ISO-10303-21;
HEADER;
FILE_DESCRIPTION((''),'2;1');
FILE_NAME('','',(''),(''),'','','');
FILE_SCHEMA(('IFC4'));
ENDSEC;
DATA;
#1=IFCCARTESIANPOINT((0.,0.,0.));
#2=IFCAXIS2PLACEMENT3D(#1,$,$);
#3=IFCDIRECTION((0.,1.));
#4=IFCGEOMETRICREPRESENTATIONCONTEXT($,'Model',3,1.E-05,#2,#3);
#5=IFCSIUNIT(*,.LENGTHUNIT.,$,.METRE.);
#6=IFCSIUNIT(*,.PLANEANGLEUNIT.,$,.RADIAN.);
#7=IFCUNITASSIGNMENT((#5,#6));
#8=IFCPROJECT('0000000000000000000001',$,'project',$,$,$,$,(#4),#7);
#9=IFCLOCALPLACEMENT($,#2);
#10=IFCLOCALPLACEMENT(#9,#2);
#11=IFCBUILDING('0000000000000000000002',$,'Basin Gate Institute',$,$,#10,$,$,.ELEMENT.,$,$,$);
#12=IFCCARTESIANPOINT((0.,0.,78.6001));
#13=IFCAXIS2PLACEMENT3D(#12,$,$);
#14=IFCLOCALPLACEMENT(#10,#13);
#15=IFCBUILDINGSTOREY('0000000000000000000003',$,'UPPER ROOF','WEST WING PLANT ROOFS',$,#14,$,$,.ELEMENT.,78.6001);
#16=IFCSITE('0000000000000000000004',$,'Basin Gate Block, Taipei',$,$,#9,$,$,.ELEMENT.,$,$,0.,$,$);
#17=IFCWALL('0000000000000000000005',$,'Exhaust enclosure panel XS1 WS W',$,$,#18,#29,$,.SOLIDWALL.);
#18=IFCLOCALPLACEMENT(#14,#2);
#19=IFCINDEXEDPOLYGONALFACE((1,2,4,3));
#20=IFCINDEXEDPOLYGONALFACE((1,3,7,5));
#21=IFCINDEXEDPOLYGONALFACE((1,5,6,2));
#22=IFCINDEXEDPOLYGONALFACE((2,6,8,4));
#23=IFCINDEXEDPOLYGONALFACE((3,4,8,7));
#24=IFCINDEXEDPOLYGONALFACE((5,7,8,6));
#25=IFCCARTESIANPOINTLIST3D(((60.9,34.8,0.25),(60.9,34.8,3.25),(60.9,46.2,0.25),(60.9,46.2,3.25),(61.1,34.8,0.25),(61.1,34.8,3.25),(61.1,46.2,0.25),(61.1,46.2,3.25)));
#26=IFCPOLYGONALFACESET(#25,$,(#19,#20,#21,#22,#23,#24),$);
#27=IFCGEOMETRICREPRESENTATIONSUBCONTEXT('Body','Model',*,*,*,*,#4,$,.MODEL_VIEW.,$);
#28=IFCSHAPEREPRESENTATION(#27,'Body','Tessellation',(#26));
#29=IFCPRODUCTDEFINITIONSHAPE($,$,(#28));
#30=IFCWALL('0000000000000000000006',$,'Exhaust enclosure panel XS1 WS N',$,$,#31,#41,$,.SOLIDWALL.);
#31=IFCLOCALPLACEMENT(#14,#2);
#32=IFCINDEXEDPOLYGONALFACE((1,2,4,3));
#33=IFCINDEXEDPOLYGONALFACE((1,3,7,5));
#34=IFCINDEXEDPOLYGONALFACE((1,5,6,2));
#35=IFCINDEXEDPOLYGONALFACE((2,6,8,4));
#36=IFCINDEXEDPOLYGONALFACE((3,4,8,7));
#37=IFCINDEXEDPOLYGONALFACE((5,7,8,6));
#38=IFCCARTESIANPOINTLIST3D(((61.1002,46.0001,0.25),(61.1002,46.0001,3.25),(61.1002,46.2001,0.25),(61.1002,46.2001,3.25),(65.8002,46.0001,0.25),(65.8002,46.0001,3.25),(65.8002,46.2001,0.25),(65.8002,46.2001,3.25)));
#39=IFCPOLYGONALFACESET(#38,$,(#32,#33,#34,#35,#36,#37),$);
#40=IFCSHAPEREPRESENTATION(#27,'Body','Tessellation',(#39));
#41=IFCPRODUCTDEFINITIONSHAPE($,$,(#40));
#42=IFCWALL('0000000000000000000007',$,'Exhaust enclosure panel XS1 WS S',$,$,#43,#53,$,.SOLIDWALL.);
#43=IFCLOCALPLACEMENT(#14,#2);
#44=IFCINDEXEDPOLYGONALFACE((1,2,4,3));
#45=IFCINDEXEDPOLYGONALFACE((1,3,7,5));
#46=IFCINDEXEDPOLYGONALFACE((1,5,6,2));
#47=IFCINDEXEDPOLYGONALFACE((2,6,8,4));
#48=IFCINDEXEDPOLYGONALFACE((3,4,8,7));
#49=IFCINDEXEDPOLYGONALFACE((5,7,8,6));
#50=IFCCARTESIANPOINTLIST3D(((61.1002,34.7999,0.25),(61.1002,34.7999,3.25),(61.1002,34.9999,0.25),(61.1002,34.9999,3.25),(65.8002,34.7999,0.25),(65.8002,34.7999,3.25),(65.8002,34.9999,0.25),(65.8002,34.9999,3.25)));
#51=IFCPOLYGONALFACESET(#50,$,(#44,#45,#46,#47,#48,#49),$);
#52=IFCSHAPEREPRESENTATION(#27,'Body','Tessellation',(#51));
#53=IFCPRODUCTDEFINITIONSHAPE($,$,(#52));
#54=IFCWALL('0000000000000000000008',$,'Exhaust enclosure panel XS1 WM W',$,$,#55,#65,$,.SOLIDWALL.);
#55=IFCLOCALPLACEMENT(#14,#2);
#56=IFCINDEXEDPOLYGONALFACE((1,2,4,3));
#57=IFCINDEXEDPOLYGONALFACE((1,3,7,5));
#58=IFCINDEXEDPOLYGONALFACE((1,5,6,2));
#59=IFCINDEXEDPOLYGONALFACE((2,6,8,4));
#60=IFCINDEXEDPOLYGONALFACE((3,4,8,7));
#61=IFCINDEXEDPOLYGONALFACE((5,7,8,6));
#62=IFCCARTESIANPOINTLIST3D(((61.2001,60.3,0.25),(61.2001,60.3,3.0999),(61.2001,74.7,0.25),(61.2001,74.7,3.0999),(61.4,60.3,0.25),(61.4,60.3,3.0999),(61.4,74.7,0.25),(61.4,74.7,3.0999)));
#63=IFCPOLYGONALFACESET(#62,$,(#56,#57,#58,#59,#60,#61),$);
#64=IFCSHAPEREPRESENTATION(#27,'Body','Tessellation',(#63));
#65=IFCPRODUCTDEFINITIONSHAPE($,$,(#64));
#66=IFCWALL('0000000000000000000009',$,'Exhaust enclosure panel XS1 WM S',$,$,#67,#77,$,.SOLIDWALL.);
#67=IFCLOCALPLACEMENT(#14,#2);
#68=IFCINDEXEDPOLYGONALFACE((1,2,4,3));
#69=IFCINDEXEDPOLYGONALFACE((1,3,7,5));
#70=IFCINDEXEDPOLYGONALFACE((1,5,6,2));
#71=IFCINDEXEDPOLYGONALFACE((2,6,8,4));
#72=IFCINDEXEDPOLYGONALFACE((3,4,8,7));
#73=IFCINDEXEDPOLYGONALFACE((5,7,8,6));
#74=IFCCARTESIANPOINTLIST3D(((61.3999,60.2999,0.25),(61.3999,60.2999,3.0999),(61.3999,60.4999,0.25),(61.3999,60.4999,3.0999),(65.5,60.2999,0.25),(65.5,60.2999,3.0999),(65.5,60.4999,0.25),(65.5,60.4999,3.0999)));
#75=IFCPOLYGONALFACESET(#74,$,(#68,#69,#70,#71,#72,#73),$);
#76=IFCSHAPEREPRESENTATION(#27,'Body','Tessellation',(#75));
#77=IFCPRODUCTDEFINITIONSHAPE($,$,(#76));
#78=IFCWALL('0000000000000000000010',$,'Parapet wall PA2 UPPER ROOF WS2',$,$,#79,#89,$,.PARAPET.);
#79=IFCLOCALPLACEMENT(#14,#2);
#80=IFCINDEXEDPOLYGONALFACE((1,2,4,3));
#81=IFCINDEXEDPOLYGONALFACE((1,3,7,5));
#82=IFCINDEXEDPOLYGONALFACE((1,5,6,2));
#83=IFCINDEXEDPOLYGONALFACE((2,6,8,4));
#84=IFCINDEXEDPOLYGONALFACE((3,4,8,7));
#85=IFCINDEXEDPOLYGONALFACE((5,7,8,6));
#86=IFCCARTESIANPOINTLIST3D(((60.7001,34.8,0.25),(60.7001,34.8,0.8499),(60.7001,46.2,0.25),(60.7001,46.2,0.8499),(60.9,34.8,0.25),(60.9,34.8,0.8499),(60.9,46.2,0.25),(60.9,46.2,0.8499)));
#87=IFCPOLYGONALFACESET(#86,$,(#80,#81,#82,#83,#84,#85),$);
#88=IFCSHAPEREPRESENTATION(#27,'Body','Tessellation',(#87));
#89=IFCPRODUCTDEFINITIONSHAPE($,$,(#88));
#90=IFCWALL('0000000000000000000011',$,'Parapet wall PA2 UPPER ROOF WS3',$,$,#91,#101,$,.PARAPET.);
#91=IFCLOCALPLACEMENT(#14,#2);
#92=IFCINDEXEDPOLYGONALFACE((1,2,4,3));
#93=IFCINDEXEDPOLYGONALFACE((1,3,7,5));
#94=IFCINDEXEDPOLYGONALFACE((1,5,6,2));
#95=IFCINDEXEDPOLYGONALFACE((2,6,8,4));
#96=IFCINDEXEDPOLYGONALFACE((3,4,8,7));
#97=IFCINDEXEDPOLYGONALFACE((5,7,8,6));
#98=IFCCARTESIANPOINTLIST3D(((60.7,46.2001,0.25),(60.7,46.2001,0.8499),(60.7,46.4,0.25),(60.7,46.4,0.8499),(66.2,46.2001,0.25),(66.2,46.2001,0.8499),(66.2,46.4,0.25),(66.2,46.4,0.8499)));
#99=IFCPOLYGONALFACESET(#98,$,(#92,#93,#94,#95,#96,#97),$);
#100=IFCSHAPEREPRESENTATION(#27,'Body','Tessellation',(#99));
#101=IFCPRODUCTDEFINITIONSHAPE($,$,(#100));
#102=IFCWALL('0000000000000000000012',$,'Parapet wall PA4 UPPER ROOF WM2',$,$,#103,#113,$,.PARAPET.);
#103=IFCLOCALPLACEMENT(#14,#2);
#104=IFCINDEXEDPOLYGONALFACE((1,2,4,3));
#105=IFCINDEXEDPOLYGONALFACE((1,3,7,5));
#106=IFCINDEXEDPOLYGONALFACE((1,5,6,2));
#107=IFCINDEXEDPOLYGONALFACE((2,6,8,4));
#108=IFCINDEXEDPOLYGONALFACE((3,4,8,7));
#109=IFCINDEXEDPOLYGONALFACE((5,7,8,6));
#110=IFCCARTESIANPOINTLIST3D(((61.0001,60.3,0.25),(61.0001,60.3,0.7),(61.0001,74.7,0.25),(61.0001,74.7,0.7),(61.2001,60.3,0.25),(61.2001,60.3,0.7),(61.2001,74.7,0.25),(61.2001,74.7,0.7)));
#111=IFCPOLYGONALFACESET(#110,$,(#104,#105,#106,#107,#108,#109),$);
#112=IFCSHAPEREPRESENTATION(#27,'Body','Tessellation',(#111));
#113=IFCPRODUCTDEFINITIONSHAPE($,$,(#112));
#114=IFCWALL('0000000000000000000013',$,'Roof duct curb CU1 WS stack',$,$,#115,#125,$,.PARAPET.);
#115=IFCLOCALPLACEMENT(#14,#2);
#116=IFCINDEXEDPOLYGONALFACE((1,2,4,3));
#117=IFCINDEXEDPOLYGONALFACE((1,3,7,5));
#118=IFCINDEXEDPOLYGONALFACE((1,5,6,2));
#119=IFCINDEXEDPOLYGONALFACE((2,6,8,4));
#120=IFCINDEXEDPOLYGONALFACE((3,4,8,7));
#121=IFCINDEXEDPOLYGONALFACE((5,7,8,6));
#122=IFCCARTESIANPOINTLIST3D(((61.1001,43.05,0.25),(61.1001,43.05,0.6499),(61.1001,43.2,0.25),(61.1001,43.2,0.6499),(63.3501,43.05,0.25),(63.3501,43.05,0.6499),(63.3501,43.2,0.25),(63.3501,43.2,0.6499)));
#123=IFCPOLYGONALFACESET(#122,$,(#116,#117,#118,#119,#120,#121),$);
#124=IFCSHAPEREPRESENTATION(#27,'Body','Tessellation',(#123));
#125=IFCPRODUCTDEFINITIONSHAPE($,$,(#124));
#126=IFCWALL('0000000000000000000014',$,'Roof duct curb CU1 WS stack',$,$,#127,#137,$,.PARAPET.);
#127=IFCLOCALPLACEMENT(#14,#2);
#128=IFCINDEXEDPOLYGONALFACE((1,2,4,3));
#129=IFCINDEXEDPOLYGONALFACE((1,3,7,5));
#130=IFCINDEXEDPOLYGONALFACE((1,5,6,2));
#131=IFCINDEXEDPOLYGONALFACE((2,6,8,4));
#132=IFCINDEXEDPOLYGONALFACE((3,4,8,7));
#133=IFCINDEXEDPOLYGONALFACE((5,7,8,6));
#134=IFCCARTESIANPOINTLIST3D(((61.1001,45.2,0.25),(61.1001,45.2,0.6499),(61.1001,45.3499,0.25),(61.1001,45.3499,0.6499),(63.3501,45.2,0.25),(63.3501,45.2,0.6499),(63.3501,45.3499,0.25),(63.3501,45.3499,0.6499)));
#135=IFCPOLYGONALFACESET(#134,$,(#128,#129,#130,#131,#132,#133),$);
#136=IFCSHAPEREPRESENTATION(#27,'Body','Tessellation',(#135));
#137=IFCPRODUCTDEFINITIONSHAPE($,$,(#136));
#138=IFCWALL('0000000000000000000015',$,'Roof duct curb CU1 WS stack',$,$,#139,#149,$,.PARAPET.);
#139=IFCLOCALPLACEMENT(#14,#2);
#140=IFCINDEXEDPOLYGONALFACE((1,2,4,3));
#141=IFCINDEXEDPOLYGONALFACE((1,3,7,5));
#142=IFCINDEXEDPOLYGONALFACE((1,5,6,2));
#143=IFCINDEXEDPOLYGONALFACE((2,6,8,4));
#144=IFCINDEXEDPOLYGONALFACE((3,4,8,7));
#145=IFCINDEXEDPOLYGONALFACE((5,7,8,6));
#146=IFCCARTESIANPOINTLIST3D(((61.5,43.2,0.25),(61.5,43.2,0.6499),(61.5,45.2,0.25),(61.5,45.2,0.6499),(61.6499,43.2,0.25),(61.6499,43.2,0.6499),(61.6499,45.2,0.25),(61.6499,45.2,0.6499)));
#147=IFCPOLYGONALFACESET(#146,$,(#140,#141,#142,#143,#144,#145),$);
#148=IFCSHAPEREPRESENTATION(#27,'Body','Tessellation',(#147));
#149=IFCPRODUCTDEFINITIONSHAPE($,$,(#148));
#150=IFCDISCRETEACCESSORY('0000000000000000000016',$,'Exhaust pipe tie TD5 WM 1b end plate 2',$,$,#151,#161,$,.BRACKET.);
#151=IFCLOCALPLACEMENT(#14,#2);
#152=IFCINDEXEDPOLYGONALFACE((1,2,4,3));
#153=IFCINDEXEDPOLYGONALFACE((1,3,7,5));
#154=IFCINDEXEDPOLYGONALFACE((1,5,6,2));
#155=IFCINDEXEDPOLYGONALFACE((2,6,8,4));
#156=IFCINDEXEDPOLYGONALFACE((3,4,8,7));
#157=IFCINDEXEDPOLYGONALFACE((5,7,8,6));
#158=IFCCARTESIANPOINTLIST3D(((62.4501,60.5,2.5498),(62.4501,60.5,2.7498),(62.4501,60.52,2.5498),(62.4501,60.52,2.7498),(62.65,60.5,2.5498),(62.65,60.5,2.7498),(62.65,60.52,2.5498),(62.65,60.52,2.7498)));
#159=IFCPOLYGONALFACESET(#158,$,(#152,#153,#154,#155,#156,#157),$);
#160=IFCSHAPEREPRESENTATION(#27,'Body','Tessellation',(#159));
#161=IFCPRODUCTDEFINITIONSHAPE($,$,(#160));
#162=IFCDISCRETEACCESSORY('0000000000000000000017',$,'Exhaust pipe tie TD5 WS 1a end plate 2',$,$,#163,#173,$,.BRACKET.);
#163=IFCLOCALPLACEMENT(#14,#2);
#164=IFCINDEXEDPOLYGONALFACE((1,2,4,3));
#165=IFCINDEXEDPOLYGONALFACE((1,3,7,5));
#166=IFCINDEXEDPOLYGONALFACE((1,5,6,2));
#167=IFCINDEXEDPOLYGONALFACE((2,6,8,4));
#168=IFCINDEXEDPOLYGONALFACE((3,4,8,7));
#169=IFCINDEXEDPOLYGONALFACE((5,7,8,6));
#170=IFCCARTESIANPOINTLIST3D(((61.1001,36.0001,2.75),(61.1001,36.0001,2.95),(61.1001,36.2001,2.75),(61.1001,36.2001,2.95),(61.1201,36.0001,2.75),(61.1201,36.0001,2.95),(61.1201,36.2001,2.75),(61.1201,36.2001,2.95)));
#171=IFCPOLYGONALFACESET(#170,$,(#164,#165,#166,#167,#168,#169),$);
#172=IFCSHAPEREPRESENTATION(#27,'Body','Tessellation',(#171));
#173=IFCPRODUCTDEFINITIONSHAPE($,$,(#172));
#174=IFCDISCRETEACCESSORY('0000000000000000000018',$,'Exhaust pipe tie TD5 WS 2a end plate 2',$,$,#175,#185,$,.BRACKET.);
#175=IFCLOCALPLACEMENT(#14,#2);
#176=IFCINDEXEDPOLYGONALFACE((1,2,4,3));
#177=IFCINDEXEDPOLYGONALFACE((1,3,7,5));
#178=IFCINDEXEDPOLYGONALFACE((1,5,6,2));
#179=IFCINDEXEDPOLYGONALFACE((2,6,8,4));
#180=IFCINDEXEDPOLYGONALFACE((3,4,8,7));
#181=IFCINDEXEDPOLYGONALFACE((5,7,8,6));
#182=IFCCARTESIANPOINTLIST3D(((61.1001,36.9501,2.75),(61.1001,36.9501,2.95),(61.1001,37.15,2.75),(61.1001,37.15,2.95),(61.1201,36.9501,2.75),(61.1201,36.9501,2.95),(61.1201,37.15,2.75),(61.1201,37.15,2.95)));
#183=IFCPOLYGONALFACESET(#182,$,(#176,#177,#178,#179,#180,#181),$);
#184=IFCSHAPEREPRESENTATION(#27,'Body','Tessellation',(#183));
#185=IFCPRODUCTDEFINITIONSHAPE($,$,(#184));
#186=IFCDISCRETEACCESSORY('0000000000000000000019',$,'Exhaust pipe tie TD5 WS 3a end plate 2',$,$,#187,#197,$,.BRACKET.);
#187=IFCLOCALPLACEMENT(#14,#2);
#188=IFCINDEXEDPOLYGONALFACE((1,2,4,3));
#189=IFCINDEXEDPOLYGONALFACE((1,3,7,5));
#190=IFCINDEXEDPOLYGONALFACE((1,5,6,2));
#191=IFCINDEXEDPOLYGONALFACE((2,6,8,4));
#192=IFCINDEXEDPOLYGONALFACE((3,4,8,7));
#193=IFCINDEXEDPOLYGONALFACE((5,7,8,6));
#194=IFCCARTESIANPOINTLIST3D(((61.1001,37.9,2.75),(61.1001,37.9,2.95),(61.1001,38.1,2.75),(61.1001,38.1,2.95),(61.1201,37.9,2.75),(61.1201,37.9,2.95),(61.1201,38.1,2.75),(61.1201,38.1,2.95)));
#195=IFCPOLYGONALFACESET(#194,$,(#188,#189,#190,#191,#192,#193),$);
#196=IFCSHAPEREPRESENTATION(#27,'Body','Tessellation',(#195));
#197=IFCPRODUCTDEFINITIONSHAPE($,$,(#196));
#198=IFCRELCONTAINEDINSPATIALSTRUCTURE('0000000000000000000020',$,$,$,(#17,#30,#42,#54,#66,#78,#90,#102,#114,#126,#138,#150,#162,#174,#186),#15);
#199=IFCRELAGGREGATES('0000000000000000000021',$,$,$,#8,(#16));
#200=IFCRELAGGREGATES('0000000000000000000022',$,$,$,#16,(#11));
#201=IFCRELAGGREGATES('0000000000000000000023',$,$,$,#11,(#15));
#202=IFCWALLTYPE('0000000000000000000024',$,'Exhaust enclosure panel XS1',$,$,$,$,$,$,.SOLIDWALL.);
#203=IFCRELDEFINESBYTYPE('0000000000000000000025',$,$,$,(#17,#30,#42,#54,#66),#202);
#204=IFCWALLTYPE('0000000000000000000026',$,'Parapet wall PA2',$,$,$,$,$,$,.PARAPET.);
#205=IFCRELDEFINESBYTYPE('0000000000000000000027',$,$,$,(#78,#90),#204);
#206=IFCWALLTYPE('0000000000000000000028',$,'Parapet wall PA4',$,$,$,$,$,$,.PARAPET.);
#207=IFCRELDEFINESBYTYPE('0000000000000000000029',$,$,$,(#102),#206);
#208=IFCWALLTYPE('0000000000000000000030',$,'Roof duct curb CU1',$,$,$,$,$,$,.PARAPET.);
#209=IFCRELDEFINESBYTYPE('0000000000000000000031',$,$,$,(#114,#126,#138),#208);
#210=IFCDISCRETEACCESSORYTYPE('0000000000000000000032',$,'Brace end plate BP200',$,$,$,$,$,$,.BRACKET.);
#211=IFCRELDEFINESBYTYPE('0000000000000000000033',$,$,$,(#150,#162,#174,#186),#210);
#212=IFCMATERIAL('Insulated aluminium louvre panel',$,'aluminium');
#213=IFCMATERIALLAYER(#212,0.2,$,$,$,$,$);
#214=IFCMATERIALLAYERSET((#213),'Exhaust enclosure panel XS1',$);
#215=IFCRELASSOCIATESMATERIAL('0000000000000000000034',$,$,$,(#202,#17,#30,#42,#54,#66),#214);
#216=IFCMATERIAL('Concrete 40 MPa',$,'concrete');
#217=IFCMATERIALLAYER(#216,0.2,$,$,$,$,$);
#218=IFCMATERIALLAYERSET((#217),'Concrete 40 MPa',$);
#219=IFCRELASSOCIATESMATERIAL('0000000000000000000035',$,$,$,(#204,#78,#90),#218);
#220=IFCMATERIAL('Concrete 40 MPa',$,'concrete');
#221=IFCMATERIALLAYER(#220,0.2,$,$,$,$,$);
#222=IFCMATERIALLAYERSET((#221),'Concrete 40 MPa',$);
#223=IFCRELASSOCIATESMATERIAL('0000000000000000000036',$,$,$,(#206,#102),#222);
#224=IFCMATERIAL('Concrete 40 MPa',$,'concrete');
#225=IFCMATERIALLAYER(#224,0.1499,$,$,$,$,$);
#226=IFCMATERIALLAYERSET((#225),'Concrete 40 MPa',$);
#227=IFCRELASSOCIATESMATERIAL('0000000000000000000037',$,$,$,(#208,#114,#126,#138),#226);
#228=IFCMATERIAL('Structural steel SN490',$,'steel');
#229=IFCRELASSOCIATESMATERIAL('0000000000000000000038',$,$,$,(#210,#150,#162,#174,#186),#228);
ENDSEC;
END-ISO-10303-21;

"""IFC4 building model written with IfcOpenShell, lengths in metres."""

from ifc_helpers import new_model, si_unit, direction, frame, frame_2d, origin, origin_2d, place, context, subcontext, project, spatial, rectangle, extrude, material, layer, layer_set, type_object, element, save


model = new_model("IFC4")

# Units and contexts
model_context = context("Model", 3, precision=1e-05, world=origin(), true_north=direction((0.0, 1.0)))
body_context = subcontext(model_context, "Body", "Model", "MODEL_VIEW")
ifc_project = project(units=[si_unit("LENGTHUNIT", "METRE"), si_unit("PLANEANGLEUNIT", "RADIAN")], contexts=[model_context])

# Site, building, storey
site_placement = place(None, origin())
site = spatial("IfcSite", under=ifc_project, at=site_placement, Name="Basin Gate Block, Taipei", CompositionType="ELEMENT", RefElevation=0.0)
building_placement = place(site_placement, origin())
building = spatial("IfcBuilding", under=site, at=building_placement, Name="Basin Gate Institute", CompositionType="ELEMENT")
storey_placement = place(building_placement, frame((0.0, 0.0, 78.6001)))
storey = spatial("IfcBuildingStorey", under=building, at=storey_placement, Name="UPPER ROOF", Description="WEST WING PLANT ROOFS", CompositionType="ELEMENT", Elevation=78.6001)

# Walls
ifc_material_1 = material(Name="Insulated aluminium louvre panel", Category="aluminium")
ifc_layer_1 = layer(ifc_material_1, 0.2)
ifc_layer_set_1 = layer_set([ifc_layer_1], Name="Exhaust enclosure panel XS1")
wall_type_1 = type_object("IfcWallType", Name="Exhaust enclosure panel XS1", PredefinedType="SOLIDWALL", material=ifc_layer_set_1)
wall_1_placement = place(storey_placement, frame((61.0, 34.8, 0.25), z_axis=(0.0, 0.0, 1.0), x_axis=(0.0, 1.0, 0.0)))
element("IfcWall", 1, at=wall_1_placement, inside=storey, type_object=wall_type_1, material=ifc_layer_set_1, Name="Exhaust enclosure panel XS1 WS W", PredefinedType="SOLIDWALL", context=body_context, shape_type="SweptSolid", body=[
    extrude(rectangle(XDim=11.3999, YDim=0.2, at=frame_2d((5.7, 0.0))), origin(), (0.0, 0.0, 1.0), 3.0),
])
for number, where, z_axis, x_axis, name in (
    (2, (61.1001, 46.1001, 0.25), (0.0, 0.0, 1.0), (1.0, 0.0, 0.0), "Exhaust enclosure panel XS1 WS N"),
    (3, (61.1001, 34.8999, 0.25), (0.0, 0.0, 1.0), (1.0, 0.0, 0.0), "Exhaust enclosure panel XS1 WS S"),
):
    element("IfcWall", number, at=place(storey_placement, frame(where, z_axis=z_axis, x_axis=x_axis)), inside=storey, type_object=wall_type_1, material=ifc_layer_set_1, Name=name, PredefinedType="SOLIDWALL", context=body_context, shape_type="SweptSolid", body=[
        extrude(rectangle(XDim=4.7, YDim=0.2, at=frame_2d((2.3501, 0.0))), origin(), (0.0, 0.0, 1.0), 3.0),
    ])
wall_2_placement = place(storey_placement, frame((61.3, 60.3, 0.25), z_axis=(0.0, 0.0, 1.0), x_axis=(0.0, 1.0, 0.0)))
element("IfcWall", 4, at=wall_2_placement, inside=storey, type_object=wall_type_1, material=ifc_layer_set_1, Name="Exhaust enclosure panel XS1 WM W", PredefinedType="SOLIDWALL", context=body_context, shape_type="SweptSolid", body=[
    extrude(rectangle(XDim=14.3999, YDim=0.2, at=frame_2d((7.2, 0.0))), origin(), (0.0, 0.0, 1.0), 2.8499),
])
wall_3_placement = place(storey_placement, frame((61.3999, 60.3999, 0.25), z_axis=(0.0, 0.0, 1.0), x_axis=(1.0, 0.0, 0.0)))
element("IfcWall", 5, at=wall_3_placement, inside=storey, type_object=wall_type_1, material=ifc_layer_set_1, Name="Exhaust enclosure panel XS1 WM S", PredefinedType="SOLIDWALL", context=body_context, shape_type="SweptSolid", body=[
    extrude(rectangle(XDim=4.1001, YDim=0.2, at=frame_2d((2.05, 0.0))), origin(), (0.0, 0.0, 1.0), 2.8499),
])
ifc_material_2 = material(Name="Concrete 40 MPa", Category="concrete")
ifc_layer_2 = layer(ifc_material_2, 0.2)
ifc_layer_set_2 = layer_set([ifc_layer_2], Name="Concrete 40 MPa")
wall_type_2 = type_object("IfcWallType", Name="Parapet wall PA2", PredefinedType="PARAPET", material=ifc_layer_set_2)
wall_4_placement = place(storey_placement, frame((60.8, 34.8, 0.25), z_axis=(0.0, 0.0, 1.0), x_axis=(0.0, 1.0, 0.0)))
element("IfcWall", 6, at=wall_4_placement, inside=storey, type_object=wall_type_2, material=ifc_layer_set_2, Name="Parapet wall PA2 UPPER ROOF WS2", PredefinedType="PARAPET", context=body_context, shape_type="SweptSolid", body=[
    extrude(rectangle(XDim=11.3999, YDim=0.2, at=frame_2d((5.7, 0.0))), origin(), (0.0, 0.0, 1.0), 0.5999),
])
wall_5_placement = place(storey_placement, frame((60.7, 46.3, 0.25), z_axis=(0.0, 0.0, 1.0), x_axis=(1.0, 0.0, 0.0)))
element("IfcWall", 7, at=wall_5_placement, inside=storey, type_object=wall_type_2, material=ifc_layer_set_2, Name="Parapet wall PA2 UPPER ROOF WS3", PredefinedType="PARAPET", context=body_context, shape_type="SweptSolid", body=[
    extrude(rectangle(XDim=5.5, YDim=0.2, at=frame_2d((2.75, 0.0))), origin(), (0.0, 0.0, 1.0), 0.5999),
])
ifc_material_3 = material(Name="Concrete 40 MPa", Category="concrete")
ifc_layer_3 = layer(ifc_material_3, 0.2)
ifc_layer_set_3 = layer_set([ifc_layer_3], Name="Concrete 40 MPa")
wall_type_3 = type_object("IfcWallType", Name="Parapet wall PA4", PredefinedType="PARAPET", material=ifc_layer_set_3)
wall_6_placement = place(storey_placement, frame((61.1001, 60.3, 0.25), z_axis=(0.0, 0.0, 1.0), x_axis=(0.0, 1.0, 0.0)))
element("IfcWall", 8, at=wall_6_placement, inside=storey, type_object=wall_type_3, material=ifc_layer_set_3, Name="Parapet wall PA4 UPPER ROOF WM2", PredefinedType="PARAPET", context=body_context, shape_type="SweptSolid", body=[
    extrude(rectangle(XDim=14.3999, YDim=0.2, at=frame_2d((7.2, 0.0))), origin(), (0.0, 0.0, 1.0), 0.45),
])
ifc_material_4 = material(Name="Concrete 40 MPa", Category="concrete")
ifc_layer_4 = layer(ifc_material_4, 0.1499)
ifc_layer_set_4 = layer_set([ifc_layer_4], Name="Concrete 40 MPa")
wall_type_4 = type_object("IfcWallType", Name="Roof duct curb CU1", PredefinedType="PARAPET", material=ifc_layer_set_4)
for number, where, z_axis, x_axis, name in (
    (9, (61.1001, 43.125, 0.25), (0.0, 0.0, 1.0), (1.0, 0.0, 0.0), "Roof duct curb CU1 WS stack"),
    (10, (61.1001, 45.2749, 0.25), (0.0, 0.0, 1.0), (1.0, 0.0, 0.0), "Roof duct curb CU1 WS stack"),
):
    element("IfcWall", number, at=place(storey_placement, frame(where, z_axis=z_axis, x_axis=x_axis)), inside=storey, type_object=wall_type_4, material=ifc_layer_set_4, Name=name, PredefinedType="PARAPET", context=body_context, shape_type="SweptSolid", body=[
        extrude(rectangle(XDim=2.25, YDim=0.1499, at=frame_2d((1.125, 0.0))), origin(), (0.0, 0.0, 1.0), 0.3999),
    ])
wall_7_placement = place(storey_placement, frame((61.575, 43.2, 0.25), z_axis=(0.0, 0.0, 1.0), x_axis=(0.0, 1.0, 0.0)))
element("IfcWall", 11, at=wall_7_placement, inside=storey, type_object=wall_type_4, material=ifc_layer_set_4, Name="Roof duct curb CU1 WS stack", PredefinedType="PARAPET", context=body_context, shape_type="SweptSolid", body=[
    extrude(rectangle(XDim=2.0, YDim=0.1499, at=frame_2d((1.0, 0.0))), origin(), (0.0, 0.0, 1.0), 0.3999),
])

# Discrete accessories
ifc_material_5 = material(Name="Structural steel SN490", Category="steel")
discrete_accessory_type_1 = type_object("IfcDiscreteAccessoryType", Name="Brace end plate BP200", PredefinedType="BRACKET", material=ifc_material_5)
discrete_accessory_1_placement = place(storey_placement, frame((62.55, 60.51, 2.5498), z_axis=(0.0, 0.0, 1.0), x_axis=(1.0, 0.0, 0.0)))
element("IfcDiscreteAccessory", 12, at=discrete_accessory_1_placement, inside=storey, type_object=discrete_accessory_type_1, material=ifc_material_5, Name="Exhaust pipe tie TD5 WM 1b end plate 2", PredefinedType="BRACKET", context=body_context, shape_type="SweptSolid", body=[
    extrude(rectangle(XDim=0.2, YDim=0.02, at=origin_2d()), origin(), (0.0, 0.0, 1.0), 0.2),
])
for number, where, z_axis, x_axis, name in (
    (13, (61.1101, 36.1001, 2.75), (0.0, 0.0, 1.0), (1.0, 0.0, 0.0), "Exhaust pipe tie TD5 WS 1a end plate 2"),
    (14, (61.1101, 37.05, 2.75), (0.0, 0.0, 1.0), (1.0, 0.0, 0.0), "Exhaust pipe tie TD5 WS 2a end plate 2"),
    (15, (61.1101, 38.0, 2.75), (0.0, 0.0, 1.0), (1.0, 0.0, 0.0), "Exhaust pipe tie TD5 WS 3a end plate 2"),
):
    element("IfcDiscreteAccessory", number, at=place(storey_placement, frame(where, z_axis=z_axis, x_axis=x_axis)), inside=storey, type_object=discrete_accessory_type_1, material=ifc_material_5, Name=name, PredefinedType="BRACKET", context=body_context, shape_type="SweptSolid", body=[
        extrude(rectangle(XDim=0.02, YDim=0.2, at=origin_2d()), origin(), (0.0, 0.0, 1.0), 0.2),
    ])

save(model, "model.ifc")
